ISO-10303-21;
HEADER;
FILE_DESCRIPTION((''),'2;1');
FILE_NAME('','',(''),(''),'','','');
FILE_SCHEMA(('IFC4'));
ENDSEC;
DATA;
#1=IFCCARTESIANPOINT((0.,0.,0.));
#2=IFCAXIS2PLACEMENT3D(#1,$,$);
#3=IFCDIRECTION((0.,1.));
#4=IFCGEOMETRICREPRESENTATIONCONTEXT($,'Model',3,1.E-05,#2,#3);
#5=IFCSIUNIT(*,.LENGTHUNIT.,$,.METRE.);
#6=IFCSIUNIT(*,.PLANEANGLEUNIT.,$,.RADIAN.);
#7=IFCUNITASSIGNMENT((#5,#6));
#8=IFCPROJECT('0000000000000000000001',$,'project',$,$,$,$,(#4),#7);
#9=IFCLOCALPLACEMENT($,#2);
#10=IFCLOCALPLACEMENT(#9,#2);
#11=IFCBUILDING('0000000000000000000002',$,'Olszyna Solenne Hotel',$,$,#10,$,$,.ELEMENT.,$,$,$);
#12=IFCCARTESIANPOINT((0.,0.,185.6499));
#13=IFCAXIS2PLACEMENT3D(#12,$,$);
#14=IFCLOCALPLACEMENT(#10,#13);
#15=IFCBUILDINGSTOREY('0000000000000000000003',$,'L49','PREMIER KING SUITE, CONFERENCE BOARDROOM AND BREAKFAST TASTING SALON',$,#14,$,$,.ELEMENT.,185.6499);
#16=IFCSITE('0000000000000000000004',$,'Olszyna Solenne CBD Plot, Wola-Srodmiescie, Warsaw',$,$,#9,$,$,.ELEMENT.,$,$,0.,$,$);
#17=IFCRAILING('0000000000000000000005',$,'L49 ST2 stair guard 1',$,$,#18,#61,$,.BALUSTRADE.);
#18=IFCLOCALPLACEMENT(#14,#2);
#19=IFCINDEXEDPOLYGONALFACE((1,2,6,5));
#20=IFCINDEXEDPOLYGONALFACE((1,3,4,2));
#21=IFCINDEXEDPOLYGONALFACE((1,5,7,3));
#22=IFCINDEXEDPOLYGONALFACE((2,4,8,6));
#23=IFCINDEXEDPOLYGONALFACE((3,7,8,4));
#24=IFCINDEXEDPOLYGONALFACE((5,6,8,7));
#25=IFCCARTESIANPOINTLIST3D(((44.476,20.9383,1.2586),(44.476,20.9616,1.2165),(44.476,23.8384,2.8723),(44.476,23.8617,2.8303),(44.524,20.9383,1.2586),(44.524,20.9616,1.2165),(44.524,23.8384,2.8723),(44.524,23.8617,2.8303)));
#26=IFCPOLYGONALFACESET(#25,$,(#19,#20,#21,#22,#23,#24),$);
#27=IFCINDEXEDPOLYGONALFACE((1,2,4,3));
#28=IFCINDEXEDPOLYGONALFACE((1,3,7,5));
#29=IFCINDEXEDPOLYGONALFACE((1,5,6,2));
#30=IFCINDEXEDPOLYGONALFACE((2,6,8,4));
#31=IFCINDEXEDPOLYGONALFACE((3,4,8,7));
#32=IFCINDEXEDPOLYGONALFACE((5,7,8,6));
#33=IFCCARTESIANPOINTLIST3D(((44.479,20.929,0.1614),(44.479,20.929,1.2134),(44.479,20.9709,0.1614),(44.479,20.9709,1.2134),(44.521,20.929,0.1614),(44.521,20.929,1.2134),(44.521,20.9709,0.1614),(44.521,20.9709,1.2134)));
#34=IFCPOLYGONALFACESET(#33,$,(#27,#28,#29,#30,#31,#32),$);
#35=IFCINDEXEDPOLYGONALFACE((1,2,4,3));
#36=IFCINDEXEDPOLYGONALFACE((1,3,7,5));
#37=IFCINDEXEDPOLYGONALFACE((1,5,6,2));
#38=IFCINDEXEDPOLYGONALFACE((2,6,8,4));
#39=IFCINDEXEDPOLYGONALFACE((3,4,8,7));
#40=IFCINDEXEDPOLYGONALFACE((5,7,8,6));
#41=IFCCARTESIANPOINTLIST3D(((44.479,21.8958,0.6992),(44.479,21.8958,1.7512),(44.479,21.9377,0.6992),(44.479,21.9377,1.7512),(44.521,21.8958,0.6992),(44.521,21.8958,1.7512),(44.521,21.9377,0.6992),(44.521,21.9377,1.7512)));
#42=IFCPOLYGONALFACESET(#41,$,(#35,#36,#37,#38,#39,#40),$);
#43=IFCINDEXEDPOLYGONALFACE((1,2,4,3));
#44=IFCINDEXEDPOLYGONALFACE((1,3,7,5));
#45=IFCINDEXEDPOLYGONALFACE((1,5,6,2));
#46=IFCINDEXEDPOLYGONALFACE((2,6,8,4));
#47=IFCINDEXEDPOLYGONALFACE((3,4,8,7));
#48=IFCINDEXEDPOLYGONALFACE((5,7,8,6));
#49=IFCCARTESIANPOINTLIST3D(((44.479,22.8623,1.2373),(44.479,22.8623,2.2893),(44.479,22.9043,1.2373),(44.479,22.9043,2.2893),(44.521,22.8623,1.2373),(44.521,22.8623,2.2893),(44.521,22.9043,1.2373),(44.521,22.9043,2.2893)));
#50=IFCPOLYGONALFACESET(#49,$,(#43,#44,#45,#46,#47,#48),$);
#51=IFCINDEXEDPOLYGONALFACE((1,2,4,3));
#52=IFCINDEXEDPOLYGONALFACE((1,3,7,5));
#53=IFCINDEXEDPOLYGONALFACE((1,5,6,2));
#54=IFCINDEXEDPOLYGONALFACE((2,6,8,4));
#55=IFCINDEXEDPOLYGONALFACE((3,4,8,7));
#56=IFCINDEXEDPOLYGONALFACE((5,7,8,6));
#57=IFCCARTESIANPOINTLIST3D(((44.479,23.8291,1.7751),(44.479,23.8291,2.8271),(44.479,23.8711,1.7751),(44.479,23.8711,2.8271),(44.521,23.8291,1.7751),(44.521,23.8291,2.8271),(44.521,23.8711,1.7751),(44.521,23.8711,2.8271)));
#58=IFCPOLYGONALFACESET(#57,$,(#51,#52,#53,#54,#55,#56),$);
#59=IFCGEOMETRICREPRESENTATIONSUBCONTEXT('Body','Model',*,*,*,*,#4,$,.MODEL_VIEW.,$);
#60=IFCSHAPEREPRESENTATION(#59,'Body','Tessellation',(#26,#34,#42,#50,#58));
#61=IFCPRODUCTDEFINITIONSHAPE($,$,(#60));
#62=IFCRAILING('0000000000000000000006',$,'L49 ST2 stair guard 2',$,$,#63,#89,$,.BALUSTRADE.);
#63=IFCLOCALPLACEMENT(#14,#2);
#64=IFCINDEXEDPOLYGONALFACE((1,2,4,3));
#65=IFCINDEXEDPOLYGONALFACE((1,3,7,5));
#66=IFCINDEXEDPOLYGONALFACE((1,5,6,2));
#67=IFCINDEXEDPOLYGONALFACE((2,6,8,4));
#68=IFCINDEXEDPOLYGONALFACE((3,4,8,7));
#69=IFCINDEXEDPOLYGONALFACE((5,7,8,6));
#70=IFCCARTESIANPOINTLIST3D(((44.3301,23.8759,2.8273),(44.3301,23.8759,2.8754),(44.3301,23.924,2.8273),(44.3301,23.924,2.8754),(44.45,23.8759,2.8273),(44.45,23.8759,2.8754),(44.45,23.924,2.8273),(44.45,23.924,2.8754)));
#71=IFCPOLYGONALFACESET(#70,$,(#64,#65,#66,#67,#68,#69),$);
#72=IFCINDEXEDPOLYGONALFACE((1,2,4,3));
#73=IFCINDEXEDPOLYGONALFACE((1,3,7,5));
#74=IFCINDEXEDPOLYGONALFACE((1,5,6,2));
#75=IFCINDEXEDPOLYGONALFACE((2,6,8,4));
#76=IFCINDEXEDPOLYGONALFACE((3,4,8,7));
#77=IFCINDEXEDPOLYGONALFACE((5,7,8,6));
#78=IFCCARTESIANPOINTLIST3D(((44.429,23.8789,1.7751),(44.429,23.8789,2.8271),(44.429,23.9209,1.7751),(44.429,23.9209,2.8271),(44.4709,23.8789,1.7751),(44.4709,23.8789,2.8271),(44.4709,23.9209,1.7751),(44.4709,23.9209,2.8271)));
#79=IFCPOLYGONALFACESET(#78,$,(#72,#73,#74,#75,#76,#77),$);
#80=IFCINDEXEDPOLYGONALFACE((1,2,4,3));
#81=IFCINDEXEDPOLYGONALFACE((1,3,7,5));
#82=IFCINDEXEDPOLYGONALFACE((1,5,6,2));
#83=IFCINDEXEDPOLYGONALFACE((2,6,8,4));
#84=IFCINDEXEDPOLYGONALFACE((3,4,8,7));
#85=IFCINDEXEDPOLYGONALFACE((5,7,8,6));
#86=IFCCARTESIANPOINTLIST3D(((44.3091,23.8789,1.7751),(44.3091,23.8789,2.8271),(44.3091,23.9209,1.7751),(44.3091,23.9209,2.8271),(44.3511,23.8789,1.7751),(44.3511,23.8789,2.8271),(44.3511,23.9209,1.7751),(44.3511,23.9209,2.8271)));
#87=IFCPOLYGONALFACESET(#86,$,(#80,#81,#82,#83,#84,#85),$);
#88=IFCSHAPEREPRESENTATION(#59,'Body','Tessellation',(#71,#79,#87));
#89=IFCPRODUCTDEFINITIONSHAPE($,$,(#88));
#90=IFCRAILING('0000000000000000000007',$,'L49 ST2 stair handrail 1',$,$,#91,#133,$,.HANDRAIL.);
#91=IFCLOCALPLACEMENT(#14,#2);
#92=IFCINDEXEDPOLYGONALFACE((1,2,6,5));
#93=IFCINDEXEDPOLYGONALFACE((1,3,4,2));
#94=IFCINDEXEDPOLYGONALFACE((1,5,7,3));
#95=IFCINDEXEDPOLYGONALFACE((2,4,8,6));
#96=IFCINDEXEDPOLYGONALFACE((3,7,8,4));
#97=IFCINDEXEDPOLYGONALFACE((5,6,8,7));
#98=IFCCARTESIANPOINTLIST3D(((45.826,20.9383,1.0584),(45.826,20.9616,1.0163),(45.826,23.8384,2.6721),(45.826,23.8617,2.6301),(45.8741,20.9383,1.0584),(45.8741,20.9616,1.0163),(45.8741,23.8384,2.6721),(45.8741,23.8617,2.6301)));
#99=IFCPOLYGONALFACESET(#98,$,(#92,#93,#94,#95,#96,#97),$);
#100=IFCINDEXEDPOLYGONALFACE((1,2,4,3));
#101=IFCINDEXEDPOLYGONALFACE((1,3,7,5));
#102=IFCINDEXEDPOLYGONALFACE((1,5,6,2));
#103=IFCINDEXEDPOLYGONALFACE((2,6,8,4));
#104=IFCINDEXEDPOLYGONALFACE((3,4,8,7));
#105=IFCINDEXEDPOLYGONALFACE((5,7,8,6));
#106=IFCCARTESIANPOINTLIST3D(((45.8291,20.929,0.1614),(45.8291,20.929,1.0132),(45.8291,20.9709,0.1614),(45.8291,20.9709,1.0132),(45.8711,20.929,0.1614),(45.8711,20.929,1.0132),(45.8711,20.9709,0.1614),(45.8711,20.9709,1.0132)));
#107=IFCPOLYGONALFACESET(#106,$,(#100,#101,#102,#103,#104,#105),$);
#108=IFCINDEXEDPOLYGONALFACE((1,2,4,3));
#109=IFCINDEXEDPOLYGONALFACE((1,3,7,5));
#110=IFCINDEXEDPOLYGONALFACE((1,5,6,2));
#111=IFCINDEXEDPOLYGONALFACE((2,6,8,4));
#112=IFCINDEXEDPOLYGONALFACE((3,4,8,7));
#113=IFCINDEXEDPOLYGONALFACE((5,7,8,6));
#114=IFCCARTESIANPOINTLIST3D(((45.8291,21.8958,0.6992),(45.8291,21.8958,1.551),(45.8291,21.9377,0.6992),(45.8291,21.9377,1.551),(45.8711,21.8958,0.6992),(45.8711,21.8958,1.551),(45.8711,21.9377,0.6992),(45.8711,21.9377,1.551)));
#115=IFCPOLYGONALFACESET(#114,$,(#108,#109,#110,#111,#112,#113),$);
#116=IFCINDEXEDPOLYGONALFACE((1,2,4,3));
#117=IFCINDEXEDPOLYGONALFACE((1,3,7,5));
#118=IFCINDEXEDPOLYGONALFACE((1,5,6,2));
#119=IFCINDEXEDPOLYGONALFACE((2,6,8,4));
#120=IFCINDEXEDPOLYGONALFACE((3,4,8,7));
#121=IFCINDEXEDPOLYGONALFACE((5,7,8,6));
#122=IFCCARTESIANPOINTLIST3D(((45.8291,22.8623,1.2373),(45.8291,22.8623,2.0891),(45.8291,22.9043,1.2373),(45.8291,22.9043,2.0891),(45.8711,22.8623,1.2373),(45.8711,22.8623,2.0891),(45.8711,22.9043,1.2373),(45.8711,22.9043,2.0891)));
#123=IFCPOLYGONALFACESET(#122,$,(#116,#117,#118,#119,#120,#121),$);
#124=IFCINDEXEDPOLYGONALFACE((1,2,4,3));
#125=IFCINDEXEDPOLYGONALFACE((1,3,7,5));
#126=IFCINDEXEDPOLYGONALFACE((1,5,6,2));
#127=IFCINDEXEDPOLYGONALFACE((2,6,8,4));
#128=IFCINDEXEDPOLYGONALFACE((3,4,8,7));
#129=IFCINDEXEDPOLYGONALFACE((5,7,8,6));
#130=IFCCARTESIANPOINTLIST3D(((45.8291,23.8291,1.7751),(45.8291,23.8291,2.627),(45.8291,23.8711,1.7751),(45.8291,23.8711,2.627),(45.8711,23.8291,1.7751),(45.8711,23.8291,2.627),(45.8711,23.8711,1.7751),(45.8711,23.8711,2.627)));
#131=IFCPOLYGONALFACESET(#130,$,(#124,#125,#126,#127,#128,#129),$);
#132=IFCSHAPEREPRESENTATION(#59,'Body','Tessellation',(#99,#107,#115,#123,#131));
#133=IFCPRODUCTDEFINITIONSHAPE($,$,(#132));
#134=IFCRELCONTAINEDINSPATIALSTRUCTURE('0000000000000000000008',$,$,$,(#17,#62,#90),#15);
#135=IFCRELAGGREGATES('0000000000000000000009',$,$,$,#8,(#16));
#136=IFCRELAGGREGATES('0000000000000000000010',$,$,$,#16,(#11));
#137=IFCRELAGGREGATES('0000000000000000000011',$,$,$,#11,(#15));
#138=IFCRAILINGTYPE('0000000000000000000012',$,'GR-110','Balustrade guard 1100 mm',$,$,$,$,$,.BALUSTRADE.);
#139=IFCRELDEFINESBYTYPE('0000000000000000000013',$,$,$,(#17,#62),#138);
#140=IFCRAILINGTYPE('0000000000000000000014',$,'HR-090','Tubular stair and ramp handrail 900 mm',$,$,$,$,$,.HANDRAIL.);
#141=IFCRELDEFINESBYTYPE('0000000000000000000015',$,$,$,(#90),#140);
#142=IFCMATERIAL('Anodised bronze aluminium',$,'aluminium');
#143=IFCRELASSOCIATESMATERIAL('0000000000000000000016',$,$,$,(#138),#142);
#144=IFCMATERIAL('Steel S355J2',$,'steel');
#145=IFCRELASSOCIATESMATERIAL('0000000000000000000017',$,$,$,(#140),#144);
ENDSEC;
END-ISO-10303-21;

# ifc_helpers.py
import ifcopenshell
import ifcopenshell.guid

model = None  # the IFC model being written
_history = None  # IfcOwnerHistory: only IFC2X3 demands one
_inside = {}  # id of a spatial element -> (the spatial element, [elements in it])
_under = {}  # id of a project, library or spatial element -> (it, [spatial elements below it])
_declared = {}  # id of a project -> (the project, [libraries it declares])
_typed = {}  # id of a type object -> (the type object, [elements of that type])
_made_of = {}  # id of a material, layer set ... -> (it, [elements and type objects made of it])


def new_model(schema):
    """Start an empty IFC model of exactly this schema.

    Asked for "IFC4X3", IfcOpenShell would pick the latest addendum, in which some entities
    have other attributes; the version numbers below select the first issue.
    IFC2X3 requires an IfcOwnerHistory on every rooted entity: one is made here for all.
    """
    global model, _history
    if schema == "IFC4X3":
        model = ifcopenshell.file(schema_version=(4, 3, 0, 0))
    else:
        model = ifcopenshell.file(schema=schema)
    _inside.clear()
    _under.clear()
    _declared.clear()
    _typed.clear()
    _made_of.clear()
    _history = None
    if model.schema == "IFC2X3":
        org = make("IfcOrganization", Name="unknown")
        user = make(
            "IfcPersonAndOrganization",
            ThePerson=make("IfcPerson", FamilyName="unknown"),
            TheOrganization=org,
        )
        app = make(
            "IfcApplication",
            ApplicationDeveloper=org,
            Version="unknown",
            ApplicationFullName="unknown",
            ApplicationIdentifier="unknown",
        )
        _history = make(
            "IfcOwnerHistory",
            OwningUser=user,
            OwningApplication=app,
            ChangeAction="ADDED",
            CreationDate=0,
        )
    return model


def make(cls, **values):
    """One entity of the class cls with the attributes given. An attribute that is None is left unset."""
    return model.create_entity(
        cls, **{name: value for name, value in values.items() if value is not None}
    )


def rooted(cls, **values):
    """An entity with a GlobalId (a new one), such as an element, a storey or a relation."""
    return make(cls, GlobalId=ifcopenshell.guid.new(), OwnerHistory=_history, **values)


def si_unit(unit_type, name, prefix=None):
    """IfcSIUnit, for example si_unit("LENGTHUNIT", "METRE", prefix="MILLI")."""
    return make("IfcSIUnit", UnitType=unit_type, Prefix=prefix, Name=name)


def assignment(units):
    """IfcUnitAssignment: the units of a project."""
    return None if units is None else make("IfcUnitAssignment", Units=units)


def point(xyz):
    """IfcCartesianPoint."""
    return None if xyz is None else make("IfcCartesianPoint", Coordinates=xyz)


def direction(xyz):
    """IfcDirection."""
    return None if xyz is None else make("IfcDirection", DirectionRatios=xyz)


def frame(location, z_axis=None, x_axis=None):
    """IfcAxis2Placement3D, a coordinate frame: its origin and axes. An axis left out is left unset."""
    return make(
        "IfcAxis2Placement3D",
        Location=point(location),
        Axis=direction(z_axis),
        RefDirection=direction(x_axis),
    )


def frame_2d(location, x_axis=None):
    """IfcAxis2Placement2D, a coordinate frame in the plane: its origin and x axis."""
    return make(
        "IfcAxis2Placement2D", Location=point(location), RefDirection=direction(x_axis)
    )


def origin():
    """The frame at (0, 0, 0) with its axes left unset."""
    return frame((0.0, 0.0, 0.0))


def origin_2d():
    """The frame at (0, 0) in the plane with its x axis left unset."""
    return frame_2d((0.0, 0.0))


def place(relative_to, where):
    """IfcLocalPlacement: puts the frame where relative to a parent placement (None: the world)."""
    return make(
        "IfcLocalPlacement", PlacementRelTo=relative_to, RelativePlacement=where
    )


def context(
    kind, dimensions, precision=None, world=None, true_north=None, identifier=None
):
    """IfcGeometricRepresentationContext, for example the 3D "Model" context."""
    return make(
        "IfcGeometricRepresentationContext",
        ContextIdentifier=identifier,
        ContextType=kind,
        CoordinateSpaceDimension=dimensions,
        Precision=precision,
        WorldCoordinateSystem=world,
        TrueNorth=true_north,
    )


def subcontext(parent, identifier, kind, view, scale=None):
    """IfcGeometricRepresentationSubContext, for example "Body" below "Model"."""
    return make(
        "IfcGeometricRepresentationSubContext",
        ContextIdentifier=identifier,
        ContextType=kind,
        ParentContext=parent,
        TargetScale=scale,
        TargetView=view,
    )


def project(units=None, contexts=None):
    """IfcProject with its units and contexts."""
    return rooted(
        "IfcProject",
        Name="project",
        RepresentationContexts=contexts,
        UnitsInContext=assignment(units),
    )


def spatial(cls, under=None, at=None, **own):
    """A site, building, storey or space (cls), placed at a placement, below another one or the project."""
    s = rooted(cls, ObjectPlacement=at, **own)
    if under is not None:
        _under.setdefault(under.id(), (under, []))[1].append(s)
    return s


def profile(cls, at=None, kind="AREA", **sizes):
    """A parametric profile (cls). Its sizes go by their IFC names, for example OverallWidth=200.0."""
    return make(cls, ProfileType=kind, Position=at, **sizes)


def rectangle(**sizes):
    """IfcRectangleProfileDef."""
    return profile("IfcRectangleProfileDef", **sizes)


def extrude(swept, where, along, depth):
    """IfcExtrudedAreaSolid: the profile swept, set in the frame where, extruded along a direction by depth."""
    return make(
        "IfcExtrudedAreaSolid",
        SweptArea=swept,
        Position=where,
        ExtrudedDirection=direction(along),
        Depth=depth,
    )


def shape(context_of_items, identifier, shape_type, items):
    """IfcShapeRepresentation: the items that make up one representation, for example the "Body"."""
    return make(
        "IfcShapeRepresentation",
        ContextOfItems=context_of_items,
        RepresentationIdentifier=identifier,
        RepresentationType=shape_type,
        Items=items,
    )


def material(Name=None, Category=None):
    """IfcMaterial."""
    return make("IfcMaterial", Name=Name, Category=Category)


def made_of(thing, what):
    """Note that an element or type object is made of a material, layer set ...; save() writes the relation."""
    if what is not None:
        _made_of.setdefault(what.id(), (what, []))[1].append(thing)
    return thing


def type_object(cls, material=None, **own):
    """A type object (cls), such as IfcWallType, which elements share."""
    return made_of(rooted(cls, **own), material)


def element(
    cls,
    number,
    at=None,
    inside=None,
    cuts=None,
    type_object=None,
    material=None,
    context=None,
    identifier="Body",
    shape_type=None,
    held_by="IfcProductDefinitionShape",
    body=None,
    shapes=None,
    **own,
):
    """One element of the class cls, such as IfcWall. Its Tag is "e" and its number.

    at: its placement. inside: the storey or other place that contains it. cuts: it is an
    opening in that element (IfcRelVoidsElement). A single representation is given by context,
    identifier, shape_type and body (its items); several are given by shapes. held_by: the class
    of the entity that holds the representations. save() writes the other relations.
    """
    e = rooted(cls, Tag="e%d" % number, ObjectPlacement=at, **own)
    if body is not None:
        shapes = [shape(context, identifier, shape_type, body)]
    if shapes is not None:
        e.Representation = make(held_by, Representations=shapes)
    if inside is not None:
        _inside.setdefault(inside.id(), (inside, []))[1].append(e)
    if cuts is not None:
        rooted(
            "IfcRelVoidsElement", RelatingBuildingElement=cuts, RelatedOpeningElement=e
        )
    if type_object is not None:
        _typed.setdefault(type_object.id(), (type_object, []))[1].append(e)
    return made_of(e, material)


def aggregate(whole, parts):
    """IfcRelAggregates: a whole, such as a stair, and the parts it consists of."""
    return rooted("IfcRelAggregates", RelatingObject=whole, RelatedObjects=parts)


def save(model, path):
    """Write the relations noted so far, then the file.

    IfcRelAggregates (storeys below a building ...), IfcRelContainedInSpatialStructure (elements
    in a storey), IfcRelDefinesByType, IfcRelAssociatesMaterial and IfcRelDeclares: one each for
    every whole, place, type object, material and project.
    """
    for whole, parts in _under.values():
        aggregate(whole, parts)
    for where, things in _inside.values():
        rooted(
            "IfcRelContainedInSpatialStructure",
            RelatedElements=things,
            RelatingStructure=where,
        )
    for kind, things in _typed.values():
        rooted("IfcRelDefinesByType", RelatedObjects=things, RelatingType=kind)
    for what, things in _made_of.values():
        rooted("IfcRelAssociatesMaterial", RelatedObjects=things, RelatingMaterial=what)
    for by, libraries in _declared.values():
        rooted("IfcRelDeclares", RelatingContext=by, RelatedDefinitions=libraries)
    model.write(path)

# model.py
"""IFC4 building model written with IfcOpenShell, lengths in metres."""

from ifc_helpers import new_model, si_unit, direction, frame, origin, origin_2d, place, context, subcontext, project, spatial, rectangle, extrude, material, type_object, element, save


model = new_model("IFC4")

# Units and contexts
model_context = context("Model", 3, precision=1e-05, world=origin(), true_north=direction((0.0, 1.0)))
body_context = subcontext(model_context, "Body", "Model", "MODEL_VIEW")
ifc_project = project(units=[si_unit("LENGTHUNIT", "METRE"), si_unit("PLANEANGLEUNIT", "RADIAN")], contexts=[model_context])

# Site, building, storey
site_placement = place(None, origin())
site = spatial("IfcSite", under=ifc_project, at=site_placement, Name="Olszyna Solenne CBD Plot, Wola-Srodmiescie, Warsaw", CompositionType="ELEMENT", RefElevation=0.0)
building_placement = place(site_placement, origin())
building = spatial("IfcBuilding", under=site, at=building_placement, Name="Olszyna Solenne Hotel", CompositionType="ELEMENT")
storey_placement = place(building_placement, frame((0.0, 0.0, 185.6499)))
storey = spatial("IfcBuildingStorey", under=building, at=storey_placement, Name="L49", Description="PREMIER KING SUITE, CONFERENCE BOARDROOM AND BREAKFAST TASTING SALON", CompositionType="ELEMENT", Elevation=185.6499)

# Shared definitions
ifc_material_1 = material(Name="Steel S355J2", Category="steel")

# Shared definitions
ifc_material_2 = material(Name="Anodised bronze aluminium", Category="aluminium")

# Railings
railing_type_1 = type_object("IfcRailingType", Name="GR-110", Description="Balustrade guard 1100 mm", PredefinedType="BALUSTRADE", material=ifc_material_2)
railing_1_placement = place(storey_placement, frame((44.5, 20.95, 0.1614)))
element("IfcRailing", 1, at=railing_1_placement, inside=storey, type_object=railing_type_1, Name="L49 ST2 stair guard 1", PredefinedType="BALUSTRADE", context=body_context, shape_type="SweptSolid", body=[
    extrude(rectangle(XDim=0.0481, YDim=0.0481, at=origin_2d()), frame((0.0, 0.0, 1.0762), z_axis=(0.0, 0.873827, 0.486236), x_axis=(-1.0, 0.0, 0.0)), (0.0, 0.0, 1.0), 3.3188),
    extrude(rectangle(XDim=0.042, YDim=0.042, at=origin_2d()), origin(), (0.0, 0.0, 1.0), 1.052),
    extrude(rectangle(XDim=0.042, YDim=0.042, at=origin_2d()), frame((0.0, 0.9668, 0.5378)), (0.0, 0.0, 1.0), 1.052),
    extrude(rectangle(XDim=0.042, YDim=0.042, at=origin_2d()), frame((0.0, 1.9333, 1.0759)), (0.0, 0.0, 1.0), 1.052),
    extrude(rectangle(XDim=0.042, YDim=0.042, at=origin_2d()), frame((0.0, 2.9001, 1.6138)), (0.0, 0.0, 1.0), 1.052),
])
railing_2_placement = place(storey_placement, frame((44.45, 23.8999, 1.7751)))
element("IfcRailing", 2, at=railing_2_placement, inside=storey, type_object=railing_type_1, Name="L49 ST2 stair guard 2", PredefinedType="BALUSTRADE", context=body_context, shape_type="SweptSolid", body=[
    extrude(rectangle(XDim=0.0481, YDim=0.0481, at=origin_2d()), frame((0.0, 0.0, 1.0762), z_axis=(-1.0, 0.0, 0.0), x_axis=(0.0, -1.0, 0.0)), (0.0, 0.0, 1.0), 0.1199),
    extrude(rectangle(XDim=0.042, YDim=0.042, at=origin_2d()), origin(), (0.0, 0.0, 1.0), 1.052),
    extrude(rectangle(XDim=0.042, YDim=0.042, at=origin_2d()), frame((-0.1199, 0.0, 0.0)), (0.0, 0.0, 1.0), 1.052),
])
railing_type_2 = type_object("IfcRailingType", Name="HR-090", Description="Tubular stair and ramp handrail 900 mm", PredefinedType="HANDRAIL", material=ifc_material_1)
railing_3_placement = place(storey_placement, frame((45.8501, 20.95, 0.1614)))
element("IfcRailing", 3, at=railing_3_placement, inside=storey, type_object=railing_type_2, Name="L49 ST2 stair handrail 1", PredefinedType="HANDRAIL", context=body_context, shape_type="SweptSolid", body=[
    extrude(rectangle(XDim=0.0481, YDim=0.0481, at=origin_2d()), frame((0.0, 0.0, 0.876), z_axis=(0.0, 0.873827, 0.486236), x_axis=(-1.0, 0.0, 0.0)), (0.0, 0.0, 1.0), 3.3188),
    extrude(rectangle(XDim=0.042, YDim=0.042, at=origin_2d()), origin(), (0.0, 0.0, 1.0), 0.8518),
    extrude(rectangle(XDim=0.042, YDim=0.042, at=origin_2d()), frame((0.0, 0.9668, 0.5378)), (0.0, 0.0, 1.0), 0.8518),
    extrude(rectangle(XDim=0.042, YDim=0.042, at=origin_2d()), frame((0.0, 1.9333, 1.0759)), (0.0, 0.0, 1.0), 0.8518),
    extrude(rectangle(XDim=0.042, YDim=0.042, at=origin_2d()), frame((0.0, 2.9001, 1.6138)), (0.0, 0.0, 1.0), 0.8518),
])

save(model, "model.ifc")
